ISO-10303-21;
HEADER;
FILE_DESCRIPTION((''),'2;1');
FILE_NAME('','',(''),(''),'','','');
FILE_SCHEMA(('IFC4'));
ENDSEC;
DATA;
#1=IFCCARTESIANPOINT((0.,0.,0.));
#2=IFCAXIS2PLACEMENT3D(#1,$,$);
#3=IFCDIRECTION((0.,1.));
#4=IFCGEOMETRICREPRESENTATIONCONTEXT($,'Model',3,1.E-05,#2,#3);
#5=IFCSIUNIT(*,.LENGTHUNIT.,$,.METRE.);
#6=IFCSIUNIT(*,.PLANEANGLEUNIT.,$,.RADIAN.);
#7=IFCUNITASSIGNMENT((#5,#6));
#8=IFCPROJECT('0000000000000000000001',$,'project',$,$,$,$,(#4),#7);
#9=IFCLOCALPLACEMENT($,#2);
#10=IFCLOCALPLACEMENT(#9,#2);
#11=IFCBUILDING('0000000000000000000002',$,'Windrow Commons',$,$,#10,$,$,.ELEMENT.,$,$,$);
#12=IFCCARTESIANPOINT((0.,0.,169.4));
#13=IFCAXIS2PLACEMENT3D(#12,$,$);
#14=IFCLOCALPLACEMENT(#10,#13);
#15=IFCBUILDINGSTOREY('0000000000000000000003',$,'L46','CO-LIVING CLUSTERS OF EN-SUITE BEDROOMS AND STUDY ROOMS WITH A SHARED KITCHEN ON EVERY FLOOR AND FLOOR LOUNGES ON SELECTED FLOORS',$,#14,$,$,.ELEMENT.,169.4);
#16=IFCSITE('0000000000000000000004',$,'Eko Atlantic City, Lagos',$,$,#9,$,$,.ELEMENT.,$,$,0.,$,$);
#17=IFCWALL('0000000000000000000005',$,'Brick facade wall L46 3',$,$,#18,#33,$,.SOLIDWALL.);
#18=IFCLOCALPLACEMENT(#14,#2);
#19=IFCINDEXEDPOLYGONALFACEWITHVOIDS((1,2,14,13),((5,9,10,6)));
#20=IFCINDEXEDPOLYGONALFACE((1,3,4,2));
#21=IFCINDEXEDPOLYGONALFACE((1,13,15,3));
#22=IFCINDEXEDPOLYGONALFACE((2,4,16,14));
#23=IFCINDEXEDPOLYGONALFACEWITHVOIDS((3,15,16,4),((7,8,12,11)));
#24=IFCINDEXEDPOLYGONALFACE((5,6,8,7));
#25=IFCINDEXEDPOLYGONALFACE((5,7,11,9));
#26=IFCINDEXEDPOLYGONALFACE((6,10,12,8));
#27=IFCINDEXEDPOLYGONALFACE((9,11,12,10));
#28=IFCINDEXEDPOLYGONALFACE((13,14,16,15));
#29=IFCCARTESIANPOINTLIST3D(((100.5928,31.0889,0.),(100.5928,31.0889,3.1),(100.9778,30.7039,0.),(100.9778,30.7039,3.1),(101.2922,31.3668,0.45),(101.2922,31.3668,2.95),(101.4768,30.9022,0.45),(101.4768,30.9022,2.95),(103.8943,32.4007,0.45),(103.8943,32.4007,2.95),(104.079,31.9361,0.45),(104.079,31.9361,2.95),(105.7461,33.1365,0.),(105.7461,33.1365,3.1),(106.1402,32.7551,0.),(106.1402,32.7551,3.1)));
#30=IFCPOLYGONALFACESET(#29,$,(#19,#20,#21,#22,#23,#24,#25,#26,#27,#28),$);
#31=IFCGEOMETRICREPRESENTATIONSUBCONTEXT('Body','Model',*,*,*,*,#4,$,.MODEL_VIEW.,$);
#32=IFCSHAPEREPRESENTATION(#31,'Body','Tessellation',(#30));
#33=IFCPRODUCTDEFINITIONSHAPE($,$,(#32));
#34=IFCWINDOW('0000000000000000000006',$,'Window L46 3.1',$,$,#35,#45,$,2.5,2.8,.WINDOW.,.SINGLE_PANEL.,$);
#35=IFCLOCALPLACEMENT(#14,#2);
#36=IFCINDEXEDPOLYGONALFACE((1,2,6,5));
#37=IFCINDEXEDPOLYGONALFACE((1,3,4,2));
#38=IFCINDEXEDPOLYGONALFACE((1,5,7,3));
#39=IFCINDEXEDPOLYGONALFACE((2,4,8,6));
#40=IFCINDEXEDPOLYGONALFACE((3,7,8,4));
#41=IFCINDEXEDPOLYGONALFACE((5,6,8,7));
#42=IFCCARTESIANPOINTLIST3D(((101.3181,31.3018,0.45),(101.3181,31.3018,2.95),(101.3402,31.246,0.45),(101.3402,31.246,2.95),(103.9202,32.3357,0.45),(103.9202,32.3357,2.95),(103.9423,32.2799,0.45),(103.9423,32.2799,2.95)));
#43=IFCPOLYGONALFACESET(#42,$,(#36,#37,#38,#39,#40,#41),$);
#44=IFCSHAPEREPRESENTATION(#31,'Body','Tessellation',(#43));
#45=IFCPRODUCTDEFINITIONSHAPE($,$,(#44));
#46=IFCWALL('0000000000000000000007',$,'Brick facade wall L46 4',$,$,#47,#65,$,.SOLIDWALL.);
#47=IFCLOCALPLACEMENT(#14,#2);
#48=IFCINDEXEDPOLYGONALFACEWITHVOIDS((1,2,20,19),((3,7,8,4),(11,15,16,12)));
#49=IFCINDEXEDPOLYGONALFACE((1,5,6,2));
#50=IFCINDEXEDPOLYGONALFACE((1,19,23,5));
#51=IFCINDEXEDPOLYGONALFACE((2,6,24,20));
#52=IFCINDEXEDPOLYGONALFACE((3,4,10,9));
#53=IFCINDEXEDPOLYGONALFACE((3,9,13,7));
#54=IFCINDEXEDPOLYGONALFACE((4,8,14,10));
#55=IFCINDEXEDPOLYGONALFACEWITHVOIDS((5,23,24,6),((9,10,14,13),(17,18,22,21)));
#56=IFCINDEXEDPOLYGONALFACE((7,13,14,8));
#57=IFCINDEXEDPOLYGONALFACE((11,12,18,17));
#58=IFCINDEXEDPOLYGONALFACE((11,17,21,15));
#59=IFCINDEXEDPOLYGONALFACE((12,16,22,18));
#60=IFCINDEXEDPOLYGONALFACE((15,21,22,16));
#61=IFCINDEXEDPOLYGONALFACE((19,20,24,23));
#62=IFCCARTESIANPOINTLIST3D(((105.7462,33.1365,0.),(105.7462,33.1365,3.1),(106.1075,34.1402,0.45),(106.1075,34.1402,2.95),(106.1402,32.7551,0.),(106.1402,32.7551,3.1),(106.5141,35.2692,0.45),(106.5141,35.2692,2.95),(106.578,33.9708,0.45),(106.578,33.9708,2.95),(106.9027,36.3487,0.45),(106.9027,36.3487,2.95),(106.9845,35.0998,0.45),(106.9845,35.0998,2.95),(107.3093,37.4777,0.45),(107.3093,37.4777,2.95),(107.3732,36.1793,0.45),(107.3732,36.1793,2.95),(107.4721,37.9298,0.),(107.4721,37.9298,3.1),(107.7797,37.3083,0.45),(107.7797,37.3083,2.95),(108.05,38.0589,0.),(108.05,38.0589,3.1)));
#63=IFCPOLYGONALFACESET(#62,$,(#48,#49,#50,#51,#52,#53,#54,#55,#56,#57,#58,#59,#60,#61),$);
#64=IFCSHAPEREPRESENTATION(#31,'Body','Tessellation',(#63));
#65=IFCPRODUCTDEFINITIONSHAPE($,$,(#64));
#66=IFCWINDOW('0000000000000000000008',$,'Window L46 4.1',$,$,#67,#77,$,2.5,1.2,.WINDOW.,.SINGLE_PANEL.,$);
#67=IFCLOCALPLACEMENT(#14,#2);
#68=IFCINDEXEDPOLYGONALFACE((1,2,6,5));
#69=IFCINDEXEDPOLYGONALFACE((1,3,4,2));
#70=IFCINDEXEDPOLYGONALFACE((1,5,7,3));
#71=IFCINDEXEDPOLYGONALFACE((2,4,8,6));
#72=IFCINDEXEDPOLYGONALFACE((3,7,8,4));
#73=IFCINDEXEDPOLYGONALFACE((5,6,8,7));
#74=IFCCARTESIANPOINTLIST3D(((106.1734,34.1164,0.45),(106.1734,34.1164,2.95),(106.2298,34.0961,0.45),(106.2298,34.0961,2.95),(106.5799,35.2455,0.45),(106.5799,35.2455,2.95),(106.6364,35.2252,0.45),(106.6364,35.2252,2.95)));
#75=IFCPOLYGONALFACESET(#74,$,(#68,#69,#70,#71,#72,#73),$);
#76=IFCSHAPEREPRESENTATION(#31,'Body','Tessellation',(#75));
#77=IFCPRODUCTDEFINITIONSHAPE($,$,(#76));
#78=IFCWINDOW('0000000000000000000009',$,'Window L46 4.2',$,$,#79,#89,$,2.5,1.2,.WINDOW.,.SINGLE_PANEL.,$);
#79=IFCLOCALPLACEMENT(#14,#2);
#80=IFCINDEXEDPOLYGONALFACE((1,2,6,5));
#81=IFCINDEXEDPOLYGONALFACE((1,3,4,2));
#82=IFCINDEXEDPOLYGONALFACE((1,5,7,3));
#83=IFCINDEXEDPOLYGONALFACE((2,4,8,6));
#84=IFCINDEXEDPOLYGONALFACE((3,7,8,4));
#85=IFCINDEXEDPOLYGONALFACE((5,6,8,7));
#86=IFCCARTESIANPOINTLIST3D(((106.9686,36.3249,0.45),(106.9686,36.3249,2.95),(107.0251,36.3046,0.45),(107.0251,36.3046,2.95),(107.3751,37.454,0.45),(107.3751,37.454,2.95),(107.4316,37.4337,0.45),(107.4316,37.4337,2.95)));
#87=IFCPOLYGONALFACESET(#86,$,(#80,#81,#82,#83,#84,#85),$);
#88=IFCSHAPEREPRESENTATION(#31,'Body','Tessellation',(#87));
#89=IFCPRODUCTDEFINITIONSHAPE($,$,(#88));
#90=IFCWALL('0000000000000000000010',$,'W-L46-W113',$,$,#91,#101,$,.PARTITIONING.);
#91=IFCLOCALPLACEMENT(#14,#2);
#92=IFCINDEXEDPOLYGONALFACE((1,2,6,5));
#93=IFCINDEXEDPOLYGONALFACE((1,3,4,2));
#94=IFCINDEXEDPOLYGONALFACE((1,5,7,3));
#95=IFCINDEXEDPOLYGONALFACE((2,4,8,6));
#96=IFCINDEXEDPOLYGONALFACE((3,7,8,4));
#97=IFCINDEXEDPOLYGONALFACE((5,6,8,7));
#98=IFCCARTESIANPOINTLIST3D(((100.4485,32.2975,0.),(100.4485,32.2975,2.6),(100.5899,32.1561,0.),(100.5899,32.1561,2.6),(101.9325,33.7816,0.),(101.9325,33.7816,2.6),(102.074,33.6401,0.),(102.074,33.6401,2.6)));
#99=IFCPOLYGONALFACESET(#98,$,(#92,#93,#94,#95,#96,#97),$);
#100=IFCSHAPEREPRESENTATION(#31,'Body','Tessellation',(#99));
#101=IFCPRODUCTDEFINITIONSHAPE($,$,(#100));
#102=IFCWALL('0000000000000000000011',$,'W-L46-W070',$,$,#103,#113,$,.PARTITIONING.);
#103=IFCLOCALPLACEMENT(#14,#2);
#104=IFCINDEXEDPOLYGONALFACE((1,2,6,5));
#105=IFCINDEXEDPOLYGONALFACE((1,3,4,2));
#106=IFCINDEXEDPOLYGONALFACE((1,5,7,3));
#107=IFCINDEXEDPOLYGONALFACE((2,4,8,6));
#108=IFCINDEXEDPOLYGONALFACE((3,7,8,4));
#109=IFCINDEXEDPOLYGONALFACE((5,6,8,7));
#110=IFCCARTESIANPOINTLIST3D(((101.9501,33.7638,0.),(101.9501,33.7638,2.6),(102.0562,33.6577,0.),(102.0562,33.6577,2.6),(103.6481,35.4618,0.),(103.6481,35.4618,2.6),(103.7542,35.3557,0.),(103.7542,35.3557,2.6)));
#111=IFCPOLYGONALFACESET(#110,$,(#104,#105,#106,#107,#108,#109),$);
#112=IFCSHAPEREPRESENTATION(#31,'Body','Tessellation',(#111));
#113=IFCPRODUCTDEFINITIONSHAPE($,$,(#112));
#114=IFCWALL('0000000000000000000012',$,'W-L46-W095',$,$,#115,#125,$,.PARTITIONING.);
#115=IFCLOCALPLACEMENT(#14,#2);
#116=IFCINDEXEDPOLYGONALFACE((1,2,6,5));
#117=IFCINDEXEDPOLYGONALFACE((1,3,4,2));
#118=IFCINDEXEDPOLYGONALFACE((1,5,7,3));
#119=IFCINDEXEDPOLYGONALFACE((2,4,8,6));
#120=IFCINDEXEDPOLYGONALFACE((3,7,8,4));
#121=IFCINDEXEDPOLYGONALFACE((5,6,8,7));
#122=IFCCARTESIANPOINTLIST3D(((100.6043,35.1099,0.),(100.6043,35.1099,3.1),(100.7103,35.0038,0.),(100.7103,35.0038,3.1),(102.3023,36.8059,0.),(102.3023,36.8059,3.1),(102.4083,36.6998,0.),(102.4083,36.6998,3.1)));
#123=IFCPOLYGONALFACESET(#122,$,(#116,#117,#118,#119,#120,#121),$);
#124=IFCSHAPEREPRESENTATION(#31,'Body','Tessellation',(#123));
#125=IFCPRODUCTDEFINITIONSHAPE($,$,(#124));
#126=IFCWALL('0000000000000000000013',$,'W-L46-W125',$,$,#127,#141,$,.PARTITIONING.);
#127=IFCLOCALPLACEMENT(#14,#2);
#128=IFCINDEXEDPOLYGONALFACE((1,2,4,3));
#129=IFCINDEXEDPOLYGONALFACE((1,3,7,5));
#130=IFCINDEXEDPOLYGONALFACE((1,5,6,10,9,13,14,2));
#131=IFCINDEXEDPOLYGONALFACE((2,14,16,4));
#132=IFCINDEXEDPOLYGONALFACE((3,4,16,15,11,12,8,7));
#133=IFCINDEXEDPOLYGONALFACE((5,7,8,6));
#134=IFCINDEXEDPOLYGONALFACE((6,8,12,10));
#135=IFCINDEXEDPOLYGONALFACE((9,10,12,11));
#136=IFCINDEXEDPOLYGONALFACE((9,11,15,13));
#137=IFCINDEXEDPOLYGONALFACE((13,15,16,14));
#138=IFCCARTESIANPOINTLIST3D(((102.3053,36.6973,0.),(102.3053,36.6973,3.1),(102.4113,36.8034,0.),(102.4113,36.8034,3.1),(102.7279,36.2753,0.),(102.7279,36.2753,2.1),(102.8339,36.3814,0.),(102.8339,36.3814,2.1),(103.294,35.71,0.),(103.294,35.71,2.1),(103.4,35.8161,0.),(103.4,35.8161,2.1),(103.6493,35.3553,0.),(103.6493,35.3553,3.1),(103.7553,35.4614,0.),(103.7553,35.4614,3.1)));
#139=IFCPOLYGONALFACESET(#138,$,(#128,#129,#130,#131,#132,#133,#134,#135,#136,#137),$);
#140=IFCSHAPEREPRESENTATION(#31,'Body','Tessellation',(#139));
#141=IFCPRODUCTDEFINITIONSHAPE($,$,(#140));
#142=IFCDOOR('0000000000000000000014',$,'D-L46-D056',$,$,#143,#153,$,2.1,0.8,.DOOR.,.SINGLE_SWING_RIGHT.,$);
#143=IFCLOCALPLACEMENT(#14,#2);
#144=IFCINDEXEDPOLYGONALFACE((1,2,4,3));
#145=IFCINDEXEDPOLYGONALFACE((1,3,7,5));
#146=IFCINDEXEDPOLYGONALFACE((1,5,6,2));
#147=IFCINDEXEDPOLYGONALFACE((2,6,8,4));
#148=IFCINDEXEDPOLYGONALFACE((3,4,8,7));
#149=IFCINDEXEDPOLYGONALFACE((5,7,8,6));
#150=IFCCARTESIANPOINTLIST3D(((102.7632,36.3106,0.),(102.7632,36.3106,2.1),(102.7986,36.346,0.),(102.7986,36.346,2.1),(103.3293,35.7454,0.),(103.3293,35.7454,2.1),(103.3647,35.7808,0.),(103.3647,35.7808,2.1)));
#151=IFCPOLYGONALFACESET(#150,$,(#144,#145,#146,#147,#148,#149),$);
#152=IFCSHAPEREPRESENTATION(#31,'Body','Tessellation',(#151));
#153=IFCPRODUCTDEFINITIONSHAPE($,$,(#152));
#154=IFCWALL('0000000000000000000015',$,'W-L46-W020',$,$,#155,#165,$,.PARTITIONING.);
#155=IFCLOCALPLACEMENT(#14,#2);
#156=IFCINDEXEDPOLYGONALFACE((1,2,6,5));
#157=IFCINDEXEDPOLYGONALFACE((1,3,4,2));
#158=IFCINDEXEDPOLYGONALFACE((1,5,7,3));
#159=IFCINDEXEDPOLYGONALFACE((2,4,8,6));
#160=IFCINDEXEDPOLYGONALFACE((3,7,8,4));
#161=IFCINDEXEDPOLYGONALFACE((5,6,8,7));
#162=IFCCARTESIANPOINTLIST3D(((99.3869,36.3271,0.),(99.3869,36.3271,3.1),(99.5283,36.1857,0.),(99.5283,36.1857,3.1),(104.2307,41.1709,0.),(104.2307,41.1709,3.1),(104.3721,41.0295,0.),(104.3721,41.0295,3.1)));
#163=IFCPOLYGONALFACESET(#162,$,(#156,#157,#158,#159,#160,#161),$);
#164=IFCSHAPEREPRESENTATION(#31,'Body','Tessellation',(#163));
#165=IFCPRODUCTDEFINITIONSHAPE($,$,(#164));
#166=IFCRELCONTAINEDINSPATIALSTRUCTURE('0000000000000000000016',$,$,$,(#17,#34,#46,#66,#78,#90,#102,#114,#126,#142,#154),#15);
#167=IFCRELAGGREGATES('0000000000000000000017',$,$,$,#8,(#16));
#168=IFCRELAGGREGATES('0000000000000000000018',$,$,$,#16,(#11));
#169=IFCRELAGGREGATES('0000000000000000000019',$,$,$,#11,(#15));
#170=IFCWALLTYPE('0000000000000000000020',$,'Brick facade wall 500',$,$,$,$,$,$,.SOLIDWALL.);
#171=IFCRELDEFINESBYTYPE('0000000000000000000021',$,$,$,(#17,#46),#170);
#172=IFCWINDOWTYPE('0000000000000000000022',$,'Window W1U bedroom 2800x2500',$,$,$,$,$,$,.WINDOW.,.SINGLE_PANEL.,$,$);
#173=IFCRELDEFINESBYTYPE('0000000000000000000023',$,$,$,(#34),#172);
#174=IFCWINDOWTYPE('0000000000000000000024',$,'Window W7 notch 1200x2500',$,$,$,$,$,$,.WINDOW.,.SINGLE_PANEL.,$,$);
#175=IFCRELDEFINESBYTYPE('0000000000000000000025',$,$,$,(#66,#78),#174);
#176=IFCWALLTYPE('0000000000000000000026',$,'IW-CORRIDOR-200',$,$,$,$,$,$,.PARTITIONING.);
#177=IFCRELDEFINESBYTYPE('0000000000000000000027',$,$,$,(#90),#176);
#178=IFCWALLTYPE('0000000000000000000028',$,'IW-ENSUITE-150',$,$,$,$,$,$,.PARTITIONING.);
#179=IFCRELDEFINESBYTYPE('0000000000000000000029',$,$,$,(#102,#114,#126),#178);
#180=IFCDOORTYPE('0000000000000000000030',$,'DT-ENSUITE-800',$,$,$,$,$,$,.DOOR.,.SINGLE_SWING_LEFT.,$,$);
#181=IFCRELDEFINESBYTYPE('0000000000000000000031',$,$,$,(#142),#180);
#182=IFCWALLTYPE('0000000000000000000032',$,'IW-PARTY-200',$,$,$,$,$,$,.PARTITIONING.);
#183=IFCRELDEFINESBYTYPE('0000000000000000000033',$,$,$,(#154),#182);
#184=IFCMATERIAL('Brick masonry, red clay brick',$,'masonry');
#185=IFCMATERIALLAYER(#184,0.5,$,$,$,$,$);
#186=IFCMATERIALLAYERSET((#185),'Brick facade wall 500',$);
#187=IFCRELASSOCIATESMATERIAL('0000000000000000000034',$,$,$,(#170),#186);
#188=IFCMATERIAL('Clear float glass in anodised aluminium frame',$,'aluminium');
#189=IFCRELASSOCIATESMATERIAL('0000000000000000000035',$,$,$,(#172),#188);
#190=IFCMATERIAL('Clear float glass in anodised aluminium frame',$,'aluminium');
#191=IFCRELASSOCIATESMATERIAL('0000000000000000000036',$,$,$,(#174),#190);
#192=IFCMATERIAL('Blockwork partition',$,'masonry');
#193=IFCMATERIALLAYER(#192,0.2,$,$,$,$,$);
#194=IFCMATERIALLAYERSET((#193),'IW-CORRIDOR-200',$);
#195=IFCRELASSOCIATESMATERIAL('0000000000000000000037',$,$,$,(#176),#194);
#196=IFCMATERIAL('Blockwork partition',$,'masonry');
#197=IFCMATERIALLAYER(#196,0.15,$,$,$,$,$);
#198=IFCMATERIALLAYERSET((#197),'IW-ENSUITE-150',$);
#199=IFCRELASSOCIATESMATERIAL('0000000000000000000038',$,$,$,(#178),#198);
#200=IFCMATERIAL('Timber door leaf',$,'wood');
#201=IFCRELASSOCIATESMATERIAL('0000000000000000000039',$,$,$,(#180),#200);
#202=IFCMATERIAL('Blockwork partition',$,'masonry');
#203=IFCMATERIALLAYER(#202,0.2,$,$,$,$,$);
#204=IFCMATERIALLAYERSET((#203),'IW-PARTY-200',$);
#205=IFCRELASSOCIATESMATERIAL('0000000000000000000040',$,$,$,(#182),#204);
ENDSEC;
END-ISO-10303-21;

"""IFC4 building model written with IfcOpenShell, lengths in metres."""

from ifc_helpers import new_model, si_unit, direction, frame, frame_2d, origin, place, context, subcontext, project, spatial, polyline, rectangle, outline, extrude, material, layer, layer_set, type_object, element, fill, save


model = new_model("IFC4")

# Units and contexts
model_context = context("Model", 3, precision=1e-05, world=origin(), true_north=direction((0.0, 1.0)))
body_context = subcontext(model_context, "Body", "Model", "MODEL_VIEW")
ifc_project = project(units=[si_unit("LENGTHUNIT", "METRE"), si_unit("PLANEANGLEUNIT", "RADIAN")], contexts=[model_context])

# Site, building, storey
site_placement = place(None, origin())
site = spatial("IfcSite", under=ifc_project, at=site_placement, Name="Eko Atlantic City, Lagos", CompositionType="ELEMENT", RefElevation=0.0)
building_placement = place(site_placement, origin())
building = spatial("IfcBuilding", under=site, at=building_placement, Name="Windrow Commons", CompositionType="ELEMENT")
storey_placement = place(building_placement, frame((0.0, 0.0, 169.4)))
storey = spatial("IfcBuildingStorey", under=building, at=storey_placement, Name="L46", Description="CO-LIVING CLUSTERS OF EN-SUITE BEDROOMS AND STUDY ROOMS WITH A SHARED KITCHEN ON EVERY FLOOR AND FLOOR LOUNGES ON SELECTED FLOORS", CompositionType="ELEMENT", Elevation=169.4)

# Shared definitions
ifc_material_1 = material(Name="Brick masonry, red clay brick", Category="masonry")
ifc_layer_1 = layer(ifc_material_1, 0.5)
ifc_layer_set_1 = layer_set([ifc_layer_1], Name="Brick facade wall 500")
wall_type_1 = type_object("IfcWallType", Name="Brick facade wall 500", PredefinedType="SOLIDWALL", material=ifc_layer_set_1)
ifc_material_2 = material(Name="Clear float glass in anodised aluminium frame", Category="aluminium")
window_type_1 = type_object("IfcWindowType", Name="Window W1U bedroom 2800x2500", PartitioningType="SINGLE_PANEL", PredefinedType="WINDOW", material=ifc_material_2)

# Shared definitions
ifc_material_3 = material(Name="Clear float glass in anodised aluminium frame", Category="aluminium")
window_type_2 = type_object("IfcWindowType", Name="Window W7 notch 1200x2500", PartitioningType="SINGLE_PANEL", PredefinedType="WINDOW", material=ifc_material_3)

# Wall, opening, window
wall_1_placement = place(storey_placement, frame((100.7853, 30.8964, 0.0), z_axis=(0.0, 0.0, 1.0), x_axis=(0.929329, 0.369252, 0.0)))
wall_1 = element("IfcWall", 1, at=wall_1_placement, inside=storey, type_object=wall_type_1, Name="Brick facade wall L46 3", PredefinedType="SOLIDWALL", context=body_context, shape_type="SweptSolid", body=[
    extrude(outline(polyline([(0.1078, -0.25), (5.6628, -0.25), (5.4374, 0.25), (-0.1078, 0.25), (0.1078, -0.25)])), origin(), (0.0, 0.0, 1.0), 3.1),
])
opening_1_placement = place(wall_1_placement, frame((0.6448, 0.0, 0.45)))
opening_1 = element("IfcOpeningElement", 2, at=opening_1_placement, cuts=wall_1, PredefinedType="OPENING", context=body_context, shape_type="SweptSolid", body=[
    extrude(rectangle(XDim=2.8, YDim=2.5, at=frame_2d((1.4, 1.25))), frame((0.0, 0.26, 0.0), z_axis=(0.0, -1.0, 0.0), x_axis=(1.0, 0.0, 0.0)), (0.0, 0.0, 1.0), 0.52),
])
window_1_placement = place(opening_1_placement, origin())
window_1 = element("IfcWindow", 3, at=window_1_placement, inside=storey, type_object=window_type_1, Name="Window L46 3.1", OverallHeight=2.5, OverallWidth=2.8, PartitioningType="SINGLE_PANEL", PredefinedType="WINDOW", context=body_context, shape_type="SweptSolid", body=[
    extrude(rectangle(XDim=2.8, YDim=2.5, at=frame_2d((1.4, 1.25))), frame((0.0, 0.18, 0.0), z_axis=(0.0, -1.0, 0.0), x_axis=(1.0, 0.0, 0.0)), (0.0, 0.0, 1.0), 0.06),
])
fill(opening_1, window_1)

# Wall, openings, windows
wall_2_placement = place(storey_placement, frame((105.9432, 32.9458, 0.0), z_axis=(0.0, 0.0, 1.0), x_axis=(0.338776, 0.940867, 0.0)))
wall_2 = element("IfcWall", 4, at=wall_2_placement, inside=storey, type_object=wall_type_1, Name="Brick facade wall L46 4", PredefinedType="SOLIDWALL", context=body_context, shape_type="SweptSolid", body=[
    extrude(outline(polyline([(-0.1127, -0.25), (5.5245, -0.25), (5.2072, 0.25), (0.1127, 0.25), (-0.1127, -0.25)])), origin(), (0.0, 0.0, 1.0), 3.1),
])
opening_2_placement = place(wall_2_placement, frame((1.1794, 0.0, 0.45)))
opening_2 = element("IfcOpeningElement", 5, at=opening_2_placement, cuts=wall_2, PredefinedType="OPENING", context=body_context, shape_type="SweptSolid", body=[
    extrude(rectangle(XDim=1.2, YDim=2.5, at=frame_2d((0.6, 1.25))), frame((0.0, 0.26, 0.0), z_axis=(0.0, -1.0, 0.0), x_axis=(1.0, 0.0, 0.0)), (0.0, 0.0, 1.0), 0.52),
])
opening_3_placement = place(wall_2_placement, frame((3.5267, 0.0, 0.45)))
opening_3 = element("IfcOpeningElement", 6, at=opening_3_placement, cuts=wall_2, PredefinedType="OPENING", context=body_context, shape_type="SweptSolid", body=[
    extrude(rectangle(XDim=1.2, YDim=2.5, at=frame_2d((0.6, 1.25))), frame((0.0, 0.26, 0.0), z_axis=(0.0, -1.0, 0.0), x_axis=(1.0, 0.0, 0.0)), (0.0, 0.0, 1.0), 0.52),
])
window_2_placement = place(opening_2_placement, origin())
window_2 = element("IfcWindow", 7, at=window_2_placement, inside=storey, type_object=window_type_2, Name="Window L46 4.1", OverallHeight=2.5, OverallWidth=1.2, PartitioningType="SINGLE_PANEL", PredefinedType="WINDOW", context=body_context, shape_type="SweptSolid", body=[
    extrude(rectangle(XDim=1.2, YDim=2.5, at=frame_2d((0.6, 1.25))), frame((0.0, 0.18, 0.0), z_axis=(0.0, -1.0, 0.0), x_axis=(1.0, 0.0, 0.0)), (0.0, 0.0, 1.0), 0.06),
])
fill(opening_2, window_2)
window_3_placement = place(opening_3_placement, origin())
window_3 = element("IfcWindow", 8, at=window_3_placement, inside=storey, type_object=window_type_2, Name="Window L46 4.2", OverallHeight=2.5, OverallWidth=1.2, PartitioningType="SINGLE_PANEL", PredefinedType="WINDOW", context=body_context, shape_type="SweptSolid", body=[
    extrude(rectangle(XDim=1.2, YDim=2.5, at=frame_2d((0.6, 1.25))), frame((0.0, 0.18, 0.0), z_axis=(0.0, -1.0, 0.0), x_axis=(1.0, 0.0, 0.0)), (0.0, 0.0, 1.0), 0.06),
])
fill(opening_3, window_3)

# Walls
ifc_material_4 = material(Name="Blockwork partition", Category="masonry")
ifc_layer_2 = layer(ifc_material_4, 0.2)
ifc_layer_set_2 = layer_set([ifc_layer_2], Name="IW-CORRIDOR-200")
wall_type_2 = type_object("IfcWallType", Name="IW-CORRIDOR-200", PredefinedType="PARTITIONING", material=ifc_layer_set_2)
wall_3_placement = place(storey_placement, frame((100.5192, 32.2268, 0.0), z_axis=(0.0, 0.0, 1.0), x_axis=(0.707107, 0.707107, 0.0)))
element("IfcWall", 9, at=wall_3_placement, inside=storey, type_object=wall_type_2, Name="W-L46-W113", PredefinedType="PARTITIONING", context=body_context, shape_type="SweptSolid", body=[
    extrude(rectangle(XDim=2.0987, YDim=0.2, at=frame_2d((1.0494, 0.0))), origin(), (0.0, 0.0, 1.0), 2.6),
])
ifc_material_5 = material(Name="Blockwork partition", Category="masonry")
ifc_layer_3 = layer(ifc_material_5, 0.15)
ifc_layer_set_3 = layer_set([ifc_layer_3], Name="IW-ENSUITE-150")
wall_type_3 = type_object("IfcWallType", Name="IW-ENSUITE-150", PredefinedType="PARTITIONING", material=ifc_layer_set_3)
wall_4_placement = place(storey_placement, frame((102.0032, 33.7108, 0.0), z_axis=(0.0, 0.0, 1.0), x_axis=(0.707107, 0.707107, 0.0)))
element("IfcWall", 10, at=wall_4_placement, inside=storey, type_object=wall_type_3, Name="W-L46-W070", PredefinedType="PARTITIONING", context=body_context, shape_type="SweptSolid", body=[
    extrude(rectangle(XDim=2.4013, YDim=0.15, at=frame_2d((1.2006, 0.0))), origin(), (0.0, 0.0, 1.0), 2.6),
])
wall_5_placement = place(storey_placement, frame((100.6573, 35.0568, 0.0), z_axis=(0.0, 0.0, 1.0), x_axis=(0.707523, 0.70669, 0.0)))
element("IfcWall", 11, at=wall_5_placement, inside=storey, type_object=wall_type_3, Name="W-L46-W095", PredefinedType="PARTITIONING", context=body_context, shape_type="SweptSolid", body=[
    extrude(rectangle(XDim=2.3999, YDim=0.15, at=frame_2d((1.2, 0.0))), origin(), (0.0, 0.0, 1.0), 3.1),
])

# Wall, opening, door
wall_6_placement = place(storey_placement, frame((102.3583, 36.7503, 0.0), z_axis=(0.0, 0.0, 1.0), x_axis=(0.707633, -0.70658, 0.0)))
wall_6 = element("IfcWall", 12, at=wall_6_placement, inside=storey, type_object=wall_type_3, Name="W-L46-W125", PredefinedType="PARTITIONING", context=body_context, shape_type="SweptSolid", body=[
    extrude(rectangle(XDim=1.8993, YDim=0.15, at=frame_2d((0.9496, 0.0))), origin(), (0.0, 0.0, 1.0), 3.1),
])
opening_4_placement = place(wall_6_placement, frame((0.5972, 0.0, 0.0)))
opening_4 = element("IfcOpeningElement", 13, at=opening_4_placement, cuts=wall_6, PredefinedType="OPENING", context=body_context, shape_type="SweptSolid", body=[
    extrude(rectangle(XDim=0.8, YDim=2.1, at=frame_2d((0.4, 1.05))), frame((0.0, 0.085, 0.0), z_axis=(0.0, -1.0, 0.0), x_axis=(1.0, 0.0, 0.0)), (0.0, 0.0, 1.0), 0.17),
])
ifc_material_6 = material(Name="Timber door leaf", Category="wood")
door_type = type_object("IfcDoorType", Name="DT-ENSUITE-800", OperationType="SINGLE_SWING_LEFT", PredefinedType="DOOR", material=ifc_material_6)
door_placement = place(opening_4_placement, origin())
door = element("IfcDoor", 14, at=door_placement, inside=storey, type_object=door_type, Name="D-L46-D056", OperationType="SINGLE_SWING_RIGHT", OverallHeight=2.1, OverallWidth=0.8, PredefinedType="DOOR", context=body_context, shape_type="SweptSolid", body=[
    extrude(rectangle(XDim=0.8, YDim=2.1, at=frame_2d((0.4, 1.05))), frame((0.0, 0.025, 0.0), z_axis=(0.0, -1.0, 0.0), x_axis=(1.0, 0.0, 0.0)), (0.0, 0.0, 1.0), 0.05),
])
fill(opening_4, door)

# Wall
ifc_material_7 = material(Name="Blockwork partition", Category="masonry")
ifc_layer_4 = layer(ifc_material_7, 0.2)
ifc_layer_set_4 = layer_set([ifc_layer_4], Name="IW-PARTY-200")
wall_type_4 = type_object("IfcWallType", Name="IW-PARTY-200", PredefinedType="PARTITIONING", material=ifc_layer_set_4)
wall_7_placement = place(storey_placement, frame((99.4576, 36.2564, 0.0), z_axis=(0.0, 0.0, 1.0), x_axis=(0.707107, 0.707107, 0.0)))
element("IfcWall", 15, at=wall_7_placement, inside=storey, type_object=wall_type_4, Name="W-L46-W020", PredefinedType="PARTITIONING", context=body_context, shape_type="SweptSolid", body=[
    extrude(rectangle(XDim=6.8502, YDim=0.2, at=frame_2d((3.4251, 0.0))), origin(), (0.0, 0.0, 1.0), 3.1),
])

save(model, "model.ifc")
